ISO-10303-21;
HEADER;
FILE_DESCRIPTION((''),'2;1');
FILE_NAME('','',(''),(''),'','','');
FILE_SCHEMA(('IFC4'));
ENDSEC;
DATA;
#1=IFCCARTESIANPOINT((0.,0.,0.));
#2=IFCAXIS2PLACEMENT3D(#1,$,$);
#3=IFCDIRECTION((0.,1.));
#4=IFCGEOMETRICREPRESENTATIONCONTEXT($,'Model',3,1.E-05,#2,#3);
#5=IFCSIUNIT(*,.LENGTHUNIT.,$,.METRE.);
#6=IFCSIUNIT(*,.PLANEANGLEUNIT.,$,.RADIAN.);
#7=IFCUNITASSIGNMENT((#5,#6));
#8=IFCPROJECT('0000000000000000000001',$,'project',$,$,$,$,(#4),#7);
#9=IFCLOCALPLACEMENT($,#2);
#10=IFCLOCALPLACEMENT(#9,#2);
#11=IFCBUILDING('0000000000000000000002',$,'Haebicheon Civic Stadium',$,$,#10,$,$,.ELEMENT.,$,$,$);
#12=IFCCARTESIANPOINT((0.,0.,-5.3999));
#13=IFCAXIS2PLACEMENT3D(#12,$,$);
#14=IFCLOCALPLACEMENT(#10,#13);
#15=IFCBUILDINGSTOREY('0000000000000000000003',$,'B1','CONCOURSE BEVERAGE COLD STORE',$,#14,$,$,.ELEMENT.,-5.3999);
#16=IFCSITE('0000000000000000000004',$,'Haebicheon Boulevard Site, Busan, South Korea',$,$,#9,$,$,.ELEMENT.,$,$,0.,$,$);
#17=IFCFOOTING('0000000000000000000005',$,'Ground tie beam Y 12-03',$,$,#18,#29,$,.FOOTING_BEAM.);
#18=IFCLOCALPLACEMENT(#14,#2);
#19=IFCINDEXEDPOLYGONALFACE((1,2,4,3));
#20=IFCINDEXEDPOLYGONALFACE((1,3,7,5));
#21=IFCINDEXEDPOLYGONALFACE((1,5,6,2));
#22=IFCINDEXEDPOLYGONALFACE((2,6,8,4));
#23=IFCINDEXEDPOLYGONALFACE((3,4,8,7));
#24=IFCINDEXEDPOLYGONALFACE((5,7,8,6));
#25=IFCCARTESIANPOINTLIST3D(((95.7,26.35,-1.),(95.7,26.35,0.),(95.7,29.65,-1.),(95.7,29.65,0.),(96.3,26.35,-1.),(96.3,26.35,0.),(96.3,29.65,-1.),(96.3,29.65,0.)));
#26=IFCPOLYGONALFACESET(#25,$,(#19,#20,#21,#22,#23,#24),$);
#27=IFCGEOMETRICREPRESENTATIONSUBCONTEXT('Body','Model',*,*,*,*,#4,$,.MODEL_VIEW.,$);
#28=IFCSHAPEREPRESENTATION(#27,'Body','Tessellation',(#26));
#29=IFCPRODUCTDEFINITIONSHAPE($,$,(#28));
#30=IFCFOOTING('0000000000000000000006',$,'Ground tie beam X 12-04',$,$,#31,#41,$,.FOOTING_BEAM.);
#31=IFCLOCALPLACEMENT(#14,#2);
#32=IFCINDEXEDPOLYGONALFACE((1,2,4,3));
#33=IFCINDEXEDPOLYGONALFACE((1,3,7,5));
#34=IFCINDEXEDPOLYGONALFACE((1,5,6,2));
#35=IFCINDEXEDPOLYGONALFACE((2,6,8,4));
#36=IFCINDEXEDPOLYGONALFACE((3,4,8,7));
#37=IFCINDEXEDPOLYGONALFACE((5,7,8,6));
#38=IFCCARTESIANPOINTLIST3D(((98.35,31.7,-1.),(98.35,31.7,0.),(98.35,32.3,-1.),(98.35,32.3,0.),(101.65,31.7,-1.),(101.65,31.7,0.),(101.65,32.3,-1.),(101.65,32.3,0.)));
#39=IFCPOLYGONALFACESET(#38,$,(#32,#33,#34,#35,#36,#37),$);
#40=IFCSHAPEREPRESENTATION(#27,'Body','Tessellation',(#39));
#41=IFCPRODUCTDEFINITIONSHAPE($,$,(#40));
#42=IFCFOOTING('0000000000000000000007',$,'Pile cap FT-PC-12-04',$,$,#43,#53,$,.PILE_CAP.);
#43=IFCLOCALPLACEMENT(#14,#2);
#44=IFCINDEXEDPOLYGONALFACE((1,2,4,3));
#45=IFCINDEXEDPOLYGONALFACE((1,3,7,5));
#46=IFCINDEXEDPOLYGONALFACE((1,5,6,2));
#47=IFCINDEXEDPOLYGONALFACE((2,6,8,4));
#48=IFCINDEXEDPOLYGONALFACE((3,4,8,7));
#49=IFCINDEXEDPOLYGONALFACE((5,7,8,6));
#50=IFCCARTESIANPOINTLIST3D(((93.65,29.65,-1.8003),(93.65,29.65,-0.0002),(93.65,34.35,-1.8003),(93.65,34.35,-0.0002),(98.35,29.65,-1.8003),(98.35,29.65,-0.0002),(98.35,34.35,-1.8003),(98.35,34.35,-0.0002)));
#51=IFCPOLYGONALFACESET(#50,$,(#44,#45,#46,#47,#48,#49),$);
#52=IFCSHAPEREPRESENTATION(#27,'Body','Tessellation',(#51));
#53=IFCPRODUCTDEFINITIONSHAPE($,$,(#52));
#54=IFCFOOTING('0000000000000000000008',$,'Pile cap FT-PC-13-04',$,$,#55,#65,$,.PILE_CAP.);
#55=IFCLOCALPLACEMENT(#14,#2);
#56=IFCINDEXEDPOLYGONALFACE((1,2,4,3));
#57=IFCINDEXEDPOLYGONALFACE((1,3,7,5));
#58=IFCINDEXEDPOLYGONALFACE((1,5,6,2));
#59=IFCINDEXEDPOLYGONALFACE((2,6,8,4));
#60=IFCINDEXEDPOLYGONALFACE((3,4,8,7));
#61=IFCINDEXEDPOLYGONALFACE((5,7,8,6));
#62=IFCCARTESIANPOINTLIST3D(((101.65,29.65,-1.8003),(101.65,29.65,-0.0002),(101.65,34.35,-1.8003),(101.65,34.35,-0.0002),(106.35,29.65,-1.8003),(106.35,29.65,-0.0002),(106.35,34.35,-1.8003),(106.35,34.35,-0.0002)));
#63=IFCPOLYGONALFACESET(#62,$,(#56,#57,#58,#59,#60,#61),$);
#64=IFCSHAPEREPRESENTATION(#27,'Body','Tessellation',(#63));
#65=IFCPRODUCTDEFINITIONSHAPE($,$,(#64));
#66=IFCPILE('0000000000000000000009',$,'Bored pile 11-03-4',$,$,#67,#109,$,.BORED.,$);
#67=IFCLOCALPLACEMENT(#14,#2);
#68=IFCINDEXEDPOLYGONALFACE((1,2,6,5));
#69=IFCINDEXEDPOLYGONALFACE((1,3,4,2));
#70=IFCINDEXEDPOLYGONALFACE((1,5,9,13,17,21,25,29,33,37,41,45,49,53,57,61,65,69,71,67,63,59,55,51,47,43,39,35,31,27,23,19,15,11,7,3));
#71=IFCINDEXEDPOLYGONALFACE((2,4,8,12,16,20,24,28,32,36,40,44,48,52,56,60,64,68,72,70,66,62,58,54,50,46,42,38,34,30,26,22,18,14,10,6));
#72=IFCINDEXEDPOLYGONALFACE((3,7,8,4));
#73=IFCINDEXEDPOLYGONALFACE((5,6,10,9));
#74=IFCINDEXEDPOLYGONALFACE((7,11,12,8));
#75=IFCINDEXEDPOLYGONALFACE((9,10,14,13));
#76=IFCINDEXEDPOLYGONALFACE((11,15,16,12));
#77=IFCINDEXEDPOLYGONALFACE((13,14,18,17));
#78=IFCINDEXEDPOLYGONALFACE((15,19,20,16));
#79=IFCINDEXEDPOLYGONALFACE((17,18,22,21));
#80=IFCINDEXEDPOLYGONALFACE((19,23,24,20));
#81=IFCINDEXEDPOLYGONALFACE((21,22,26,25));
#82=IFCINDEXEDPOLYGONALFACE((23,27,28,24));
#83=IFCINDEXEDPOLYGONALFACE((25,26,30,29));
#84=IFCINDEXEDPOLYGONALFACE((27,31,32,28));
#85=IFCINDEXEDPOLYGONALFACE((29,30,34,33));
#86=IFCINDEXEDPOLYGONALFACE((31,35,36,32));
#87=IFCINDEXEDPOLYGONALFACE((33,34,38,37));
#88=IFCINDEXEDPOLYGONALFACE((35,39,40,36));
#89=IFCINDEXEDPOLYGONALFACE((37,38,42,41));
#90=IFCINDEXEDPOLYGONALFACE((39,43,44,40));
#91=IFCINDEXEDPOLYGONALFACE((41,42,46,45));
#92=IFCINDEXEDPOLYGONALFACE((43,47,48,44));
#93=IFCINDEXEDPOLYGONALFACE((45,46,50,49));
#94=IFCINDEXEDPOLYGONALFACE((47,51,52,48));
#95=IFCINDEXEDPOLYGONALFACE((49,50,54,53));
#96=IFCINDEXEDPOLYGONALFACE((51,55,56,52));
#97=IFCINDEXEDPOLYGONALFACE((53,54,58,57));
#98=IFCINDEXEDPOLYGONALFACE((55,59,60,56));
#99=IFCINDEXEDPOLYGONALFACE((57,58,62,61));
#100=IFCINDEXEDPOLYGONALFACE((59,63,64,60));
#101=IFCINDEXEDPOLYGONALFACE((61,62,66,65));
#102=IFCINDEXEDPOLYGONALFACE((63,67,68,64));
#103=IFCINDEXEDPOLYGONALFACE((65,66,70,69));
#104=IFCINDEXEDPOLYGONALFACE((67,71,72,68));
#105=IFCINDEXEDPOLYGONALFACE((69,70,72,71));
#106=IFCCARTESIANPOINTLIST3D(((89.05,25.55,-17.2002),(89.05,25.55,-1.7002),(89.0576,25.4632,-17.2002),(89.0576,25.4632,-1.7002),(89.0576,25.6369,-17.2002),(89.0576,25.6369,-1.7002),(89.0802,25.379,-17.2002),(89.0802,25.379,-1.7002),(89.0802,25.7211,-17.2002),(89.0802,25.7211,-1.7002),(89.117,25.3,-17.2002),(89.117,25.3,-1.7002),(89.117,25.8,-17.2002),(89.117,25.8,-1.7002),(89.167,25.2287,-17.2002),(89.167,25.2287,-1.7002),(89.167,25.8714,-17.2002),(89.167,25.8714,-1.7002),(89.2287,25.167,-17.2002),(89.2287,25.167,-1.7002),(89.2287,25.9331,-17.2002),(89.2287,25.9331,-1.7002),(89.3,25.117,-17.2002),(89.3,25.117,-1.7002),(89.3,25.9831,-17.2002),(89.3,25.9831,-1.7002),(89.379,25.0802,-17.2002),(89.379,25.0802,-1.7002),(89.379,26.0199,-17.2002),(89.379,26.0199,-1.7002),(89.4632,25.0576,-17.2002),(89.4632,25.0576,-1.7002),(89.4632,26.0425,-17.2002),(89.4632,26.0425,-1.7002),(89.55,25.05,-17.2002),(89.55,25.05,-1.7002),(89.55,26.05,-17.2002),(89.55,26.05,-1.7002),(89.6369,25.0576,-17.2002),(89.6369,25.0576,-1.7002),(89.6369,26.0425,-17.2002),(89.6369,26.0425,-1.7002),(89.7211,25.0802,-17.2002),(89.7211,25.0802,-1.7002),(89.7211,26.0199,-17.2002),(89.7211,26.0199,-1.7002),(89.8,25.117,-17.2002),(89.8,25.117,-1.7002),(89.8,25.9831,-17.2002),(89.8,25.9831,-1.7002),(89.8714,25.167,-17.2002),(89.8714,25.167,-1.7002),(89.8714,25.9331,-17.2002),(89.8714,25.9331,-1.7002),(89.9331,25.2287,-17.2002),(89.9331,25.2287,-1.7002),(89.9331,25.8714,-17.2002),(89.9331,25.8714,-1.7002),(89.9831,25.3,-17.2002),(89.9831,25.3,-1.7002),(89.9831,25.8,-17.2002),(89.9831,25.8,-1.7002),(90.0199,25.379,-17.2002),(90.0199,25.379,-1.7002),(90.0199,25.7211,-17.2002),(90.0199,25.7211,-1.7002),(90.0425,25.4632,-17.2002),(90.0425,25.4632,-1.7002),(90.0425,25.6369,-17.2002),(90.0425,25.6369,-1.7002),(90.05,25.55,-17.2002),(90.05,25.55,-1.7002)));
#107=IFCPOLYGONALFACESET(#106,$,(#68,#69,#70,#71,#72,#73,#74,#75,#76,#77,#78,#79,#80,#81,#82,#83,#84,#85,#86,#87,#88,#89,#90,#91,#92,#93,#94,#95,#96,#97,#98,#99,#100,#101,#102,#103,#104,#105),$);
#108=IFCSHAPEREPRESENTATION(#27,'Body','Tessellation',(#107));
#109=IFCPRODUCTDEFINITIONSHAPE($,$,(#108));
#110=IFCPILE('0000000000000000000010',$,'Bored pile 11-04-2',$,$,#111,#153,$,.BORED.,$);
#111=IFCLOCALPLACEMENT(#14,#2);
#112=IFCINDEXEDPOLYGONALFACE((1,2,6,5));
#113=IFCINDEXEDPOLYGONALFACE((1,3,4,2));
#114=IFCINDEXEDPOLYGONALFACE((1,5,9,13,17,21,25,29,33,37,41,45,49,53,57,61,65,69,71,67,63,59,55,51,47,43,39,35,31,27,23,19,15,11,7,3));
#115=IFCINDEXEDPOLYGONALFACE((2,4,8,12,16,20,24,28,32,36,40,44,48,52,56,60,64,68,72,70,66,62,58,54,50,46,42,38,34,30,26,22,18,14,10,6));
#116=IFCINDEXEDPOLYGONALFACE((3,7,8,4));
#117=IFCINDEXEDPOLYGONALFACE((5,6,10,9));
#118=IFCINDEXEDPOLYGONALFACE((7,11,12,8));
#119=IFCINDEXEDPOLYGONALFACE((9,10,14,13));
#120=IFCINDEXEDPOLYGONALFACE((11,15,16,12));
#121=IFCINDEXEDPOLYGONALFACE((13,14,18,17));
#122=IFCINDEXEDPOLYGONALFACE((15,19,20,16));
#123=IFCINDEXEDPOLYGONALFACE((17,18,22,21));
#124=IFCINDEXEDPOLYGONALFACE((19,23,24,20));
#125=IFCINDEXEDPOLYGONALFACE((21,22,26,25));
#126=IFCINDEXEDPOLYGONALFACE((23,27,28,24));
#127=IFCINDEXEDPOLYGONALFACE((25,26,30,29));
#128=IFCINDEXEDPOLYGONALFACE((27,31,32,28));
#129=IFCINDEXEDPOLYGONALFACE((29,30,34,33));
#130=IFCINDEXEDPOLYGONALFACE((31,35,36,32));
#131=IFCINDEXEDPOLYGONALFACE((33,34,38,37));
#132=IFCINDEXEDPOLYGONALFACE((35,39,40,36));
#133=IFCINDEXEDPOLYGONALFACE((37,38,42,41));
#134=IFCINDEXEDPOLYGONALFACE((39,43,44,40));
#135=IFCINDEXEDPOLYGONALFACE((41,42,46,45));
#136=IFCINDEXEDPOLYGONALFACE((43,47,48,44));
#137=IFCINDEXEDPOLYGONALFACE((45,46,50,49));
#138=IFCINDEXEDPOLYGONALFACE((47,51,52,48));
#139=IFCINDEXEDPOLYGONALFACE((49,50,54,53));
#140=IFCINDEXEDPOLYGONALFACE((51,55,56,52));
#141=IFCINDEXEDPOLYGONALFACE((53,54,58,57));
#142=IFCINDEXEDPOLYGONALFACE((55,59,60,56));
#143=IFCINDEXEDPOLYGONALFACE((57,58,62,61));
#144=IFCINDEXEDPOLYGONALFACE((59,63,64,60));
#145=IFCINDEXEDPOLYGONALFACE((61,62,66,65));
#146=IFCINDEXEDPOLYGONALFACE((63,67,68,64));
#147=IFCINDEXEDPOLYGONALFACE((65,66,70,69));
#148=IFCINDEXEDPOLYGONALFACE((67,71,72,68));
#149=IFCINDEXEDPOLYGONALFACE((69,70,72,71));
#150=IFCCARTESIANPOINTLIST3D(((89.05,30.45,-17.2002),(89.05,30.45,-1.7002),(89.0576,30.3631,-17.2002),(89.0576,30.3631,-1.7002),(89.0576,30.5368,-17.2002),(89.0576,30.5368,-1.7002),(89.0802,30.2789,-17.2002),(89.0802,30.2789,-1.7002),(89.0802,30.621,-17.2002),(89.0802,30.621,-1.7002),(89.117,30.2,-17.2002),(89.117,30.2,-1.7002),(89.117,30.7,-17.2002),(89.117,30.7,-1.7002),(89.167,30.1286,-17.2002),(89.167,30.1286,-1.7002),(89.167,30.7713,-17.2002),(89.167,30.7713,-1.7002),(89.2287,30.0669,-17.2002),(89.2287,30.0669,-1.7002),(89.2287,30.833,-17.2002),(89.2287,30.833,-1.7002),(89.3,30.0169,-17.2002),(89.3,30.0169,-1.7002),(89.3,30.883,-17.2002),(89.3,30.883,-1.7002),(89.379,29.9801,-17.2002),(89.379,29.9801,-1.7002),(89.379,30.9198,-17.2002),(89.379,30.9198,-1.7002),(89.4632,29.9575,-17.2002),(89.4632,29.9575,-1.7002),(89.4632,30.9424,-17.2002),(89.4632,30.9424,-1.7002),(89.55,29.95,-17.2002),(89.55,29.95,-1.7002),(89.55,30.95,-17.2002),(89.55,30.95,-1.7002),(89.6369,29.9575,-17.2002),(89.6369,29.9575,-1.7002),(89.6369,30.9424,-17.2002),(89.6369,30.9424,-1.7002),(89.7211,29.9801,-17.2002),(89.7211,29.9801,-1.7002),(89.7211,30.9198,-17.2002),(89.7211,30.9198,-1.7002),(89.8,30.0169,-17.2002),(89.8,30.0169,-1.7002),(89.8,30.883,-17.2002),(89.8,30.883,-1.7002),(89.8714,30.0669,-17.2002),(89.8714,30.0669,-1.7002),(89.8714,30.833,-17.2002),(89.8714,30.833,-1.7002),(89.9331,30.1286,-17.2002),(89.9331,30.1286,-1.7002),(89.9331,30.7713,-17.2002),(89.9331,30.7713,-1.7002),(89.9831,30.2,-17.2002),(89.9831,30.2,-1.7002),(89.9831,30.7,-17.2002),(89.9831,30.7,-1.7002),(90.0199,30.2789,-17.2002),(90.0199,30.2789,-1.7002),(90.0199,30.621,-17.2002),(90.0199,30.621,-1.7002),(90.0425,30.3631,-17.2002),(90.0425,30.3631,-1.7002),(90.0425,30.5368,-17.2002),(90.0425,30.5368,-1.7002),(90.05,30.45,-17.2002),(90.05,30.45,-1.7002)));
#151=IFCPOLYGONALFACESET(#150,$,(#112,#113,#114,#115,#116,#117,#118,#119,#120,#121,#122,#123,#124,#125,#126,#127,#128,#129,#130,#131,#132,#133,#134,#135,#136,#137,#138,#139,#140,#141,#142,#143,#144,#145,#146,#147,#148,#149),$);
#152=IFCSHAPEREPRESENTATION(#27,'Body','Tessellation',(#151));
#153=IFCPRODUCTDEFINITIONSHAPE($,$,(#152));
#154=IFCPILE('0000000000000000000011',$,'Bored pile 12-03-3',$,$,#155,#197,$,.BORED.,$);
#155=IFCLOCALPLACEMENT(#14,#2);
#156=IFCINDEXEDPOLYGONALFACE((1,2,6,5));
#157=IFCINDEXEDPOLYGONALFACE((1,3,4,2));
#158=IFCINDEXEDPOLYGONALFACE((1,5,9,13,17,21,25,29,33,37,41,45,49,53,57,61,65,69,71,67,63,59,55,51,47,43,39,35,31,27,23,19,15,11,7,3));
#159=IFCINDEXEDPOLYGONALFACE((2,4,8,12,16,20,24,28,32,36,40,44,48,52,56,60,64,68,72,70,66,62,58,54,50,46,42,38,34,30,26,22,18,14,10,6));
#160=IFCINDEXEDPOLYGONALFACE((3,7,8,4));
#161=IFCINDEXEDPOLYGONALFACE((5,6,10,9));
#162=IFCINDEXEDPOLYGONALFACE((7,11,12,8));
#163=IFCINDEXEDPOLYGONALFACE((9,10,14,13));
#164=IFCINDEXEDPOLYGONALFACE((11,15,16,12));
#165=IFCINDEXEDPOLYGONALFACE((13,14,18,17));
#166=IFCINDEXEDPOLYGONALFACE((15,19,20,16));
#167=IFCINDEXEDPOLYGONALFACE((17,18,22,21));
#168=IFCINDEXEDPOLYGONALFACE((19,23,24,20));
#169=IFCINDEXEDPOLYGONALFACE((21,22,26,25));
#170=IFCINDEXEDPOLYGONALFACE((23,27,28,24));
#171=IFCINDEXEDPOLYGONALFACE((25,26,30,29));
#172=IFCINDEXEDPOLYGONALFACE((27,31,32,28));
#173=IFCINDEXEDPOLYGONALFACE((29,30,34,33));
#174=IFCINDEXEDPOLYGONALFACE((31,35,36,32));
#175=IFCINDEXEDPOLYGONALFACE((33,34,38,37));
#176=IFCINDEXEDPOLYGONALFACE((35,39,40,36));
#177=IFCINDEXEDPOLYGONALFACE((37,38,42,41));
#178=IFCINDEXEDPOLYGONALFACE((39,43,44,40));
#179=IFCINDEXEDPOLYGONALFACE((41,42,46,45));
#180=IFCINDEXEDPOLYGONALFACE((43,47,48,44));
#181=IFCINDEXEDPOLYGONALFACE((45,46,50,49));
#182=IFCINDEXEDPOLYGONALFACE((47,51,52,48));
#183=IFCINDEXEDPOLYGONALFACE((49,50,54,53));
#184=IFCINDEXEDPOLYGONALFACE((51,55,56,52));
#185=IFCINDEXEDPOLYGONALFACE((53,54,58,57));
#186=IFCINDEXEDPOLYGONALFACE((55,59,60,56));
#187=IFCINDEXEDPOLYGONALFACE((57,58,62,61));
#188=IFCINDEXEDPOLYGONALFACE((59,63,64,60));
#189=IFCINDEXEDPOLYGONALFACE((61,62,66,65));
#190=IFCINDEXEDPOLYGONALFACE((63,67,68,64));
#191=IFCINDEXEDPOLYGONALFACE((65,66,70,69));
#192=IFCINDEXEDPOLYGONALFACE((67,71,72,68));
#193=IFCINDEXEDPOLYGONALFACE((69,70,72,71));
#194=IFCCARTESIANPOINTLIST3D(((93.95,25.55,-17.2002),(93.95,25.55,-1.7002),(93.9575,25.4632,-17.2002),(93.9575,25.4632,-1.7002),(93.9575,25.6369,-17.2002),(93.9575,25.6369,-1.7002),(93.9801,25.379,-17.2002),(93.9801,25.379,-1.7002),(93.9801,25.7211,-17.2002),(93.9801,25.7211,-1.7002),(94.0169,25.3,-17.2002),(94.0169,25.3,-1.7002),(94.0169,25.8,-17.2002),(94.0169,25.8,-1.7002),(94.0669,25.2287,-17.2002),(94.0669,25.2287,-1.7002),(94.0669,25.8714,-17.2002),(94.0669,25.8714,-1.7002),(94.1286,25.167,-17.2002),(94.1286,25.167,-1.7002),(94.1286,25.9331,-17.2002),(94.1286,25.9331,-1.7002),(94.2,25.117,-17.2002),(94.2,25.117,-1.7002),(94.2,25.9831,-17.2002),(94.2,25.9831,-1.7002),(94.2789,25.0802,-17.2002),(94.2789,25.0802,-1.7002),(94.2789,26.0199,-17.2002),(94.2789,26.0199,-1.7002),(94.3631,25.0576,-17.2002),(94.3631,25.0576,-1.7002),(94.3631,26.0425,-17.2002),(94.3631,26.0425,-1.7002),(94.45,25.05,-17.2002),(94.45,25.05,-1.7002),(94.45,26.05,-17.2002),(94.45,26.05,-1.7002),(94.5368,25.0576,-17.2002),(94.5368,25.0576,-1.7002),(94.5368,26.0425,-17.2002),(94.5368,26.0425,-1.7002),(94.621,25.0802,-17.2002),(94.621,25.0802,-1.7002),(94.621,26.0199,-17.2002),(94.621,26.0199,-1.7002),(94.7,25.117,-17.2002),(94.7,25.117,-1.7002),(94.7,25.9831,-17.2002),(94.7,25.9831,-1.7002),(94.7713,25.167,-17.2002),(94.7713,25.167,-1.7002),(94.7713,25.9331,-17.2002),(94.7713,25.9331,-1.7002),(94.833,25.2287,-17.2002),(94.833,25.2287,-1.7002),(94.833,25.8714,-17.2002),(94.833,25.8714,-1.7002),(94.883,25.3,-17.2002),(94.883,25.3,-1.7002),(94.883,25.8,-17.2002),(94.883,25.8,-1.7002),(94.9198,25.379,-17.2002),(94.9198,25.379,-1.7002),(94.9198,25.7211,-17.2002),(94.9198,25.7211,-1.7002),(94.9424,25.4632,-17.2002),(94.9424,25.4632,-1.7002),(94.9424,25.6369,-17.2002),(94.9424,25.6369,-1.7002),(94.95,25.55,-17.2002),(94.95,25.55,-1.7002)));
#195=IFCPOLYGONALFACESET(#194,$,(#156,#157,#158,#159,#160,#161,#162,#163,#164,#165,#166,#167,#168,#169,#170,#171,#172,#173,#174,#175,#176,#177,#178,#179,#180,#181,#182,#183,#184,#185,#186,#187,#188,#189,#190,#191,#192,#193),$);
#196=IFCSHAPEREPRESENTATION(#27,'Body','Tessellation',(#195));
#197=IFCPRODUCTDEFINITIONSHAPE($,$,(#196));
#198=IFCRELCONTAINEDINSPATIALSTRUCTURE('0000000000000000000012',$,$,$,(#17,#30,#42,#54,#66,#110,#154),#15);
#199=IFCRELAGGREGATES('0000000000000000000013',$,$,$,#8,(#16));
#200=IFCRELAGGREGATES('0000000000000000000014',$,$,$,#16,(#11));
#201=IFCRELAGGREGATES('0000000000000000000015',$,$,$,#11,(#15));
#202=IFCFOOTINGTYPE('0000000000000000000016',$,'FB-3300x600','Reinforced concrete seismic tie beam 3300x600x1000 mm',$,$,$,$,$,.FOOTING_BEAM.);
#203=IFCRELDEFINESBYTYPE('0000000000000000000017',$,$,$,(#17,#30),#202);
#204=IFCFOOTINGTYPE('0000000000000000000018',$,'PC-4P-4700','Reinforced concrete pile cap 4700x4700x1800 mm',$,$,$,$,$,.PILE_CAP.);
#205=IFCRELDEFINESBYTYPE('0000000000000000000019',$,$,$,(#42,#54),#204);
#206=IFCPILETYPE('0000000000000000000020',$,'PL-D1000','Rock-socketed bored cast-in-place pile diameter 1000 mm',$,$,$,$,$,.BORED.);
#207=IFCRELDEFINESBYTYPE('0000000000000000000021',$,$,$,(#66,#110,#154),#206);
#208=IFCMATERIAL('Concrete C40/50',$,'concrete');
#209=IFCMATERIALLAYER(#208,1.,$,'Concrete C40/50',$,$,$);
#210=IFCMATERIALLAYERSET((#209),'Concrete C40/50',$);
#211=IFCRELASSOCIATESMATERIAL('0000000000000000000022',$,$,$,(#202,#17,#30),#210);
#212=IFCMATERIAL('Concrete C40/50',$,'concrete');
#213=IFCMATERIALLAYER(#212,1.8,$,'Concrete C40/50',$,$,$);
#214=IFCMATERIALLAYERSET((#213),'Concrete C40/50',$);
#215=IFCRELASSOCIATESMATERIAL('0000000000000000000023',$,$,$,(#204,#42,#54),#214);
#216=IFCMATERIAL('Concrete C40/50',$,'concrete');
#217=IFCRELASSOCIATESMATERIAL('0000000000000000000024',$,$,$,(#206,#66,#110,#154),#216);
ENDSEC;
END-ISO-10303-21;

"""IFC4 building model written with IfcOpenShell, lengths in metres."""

from ifc_helpers import new_model, si_unit, direction, frame, origin, origin_2d, place, context, subcontext, project, spatial, rectangle, circle, extrude, material, layer, layer_set, material_profile, profile_set, type_object, element, save


model = new_model("IFC4")

# Units and contexts
model_context = context("Model", 3, precision=1e-05, world=origin(), true_north=direction((0.0, 1.0)))
body_context = subcontext(model_context, "Body", "Model", "MODEL_VIEW")
ifc_project = project(units=[si_unit("LENGTHUNIT", "METRE"), si_unit("PLANEANGLEUNIT", "RADIAN")], contexts=[model_context])

# Site, building, storey
site_placement = place(None, origin())
site = spatial("IfcSite", under=ifc_project, at=site_placement, Name="Haebicheon Boulevard Site, Busan, South Korea", CompositionType="ELEMENT", RefElevation=0.0)
building_placement = place(site_placement, origin())
building = spatial("IfcBuilding", under=site, at=building_placement, Name="Haebicheon Civic Stadium", CompositionType="ELEMENT")
storey_placement = place(building_placement, frame((0.0, 0.0, -5.3999)))
storey = spatial("IfcBuildingStorey", under=building, at=storey_placement, Name="B1", Description="CONCOURSE BEVERAGE COLD STORE", CompositionType="ELEMENT", Elevation=-5.3999)

# Footings
ifc_material_1 = material(Name="Concrete C40/50", Category="concrete")
ifc_layer_1 = layer(ifc_material_1, 1.0, Name="Concrete C40/50")
ifc_layer_set_1 = layer_set([ifc_layer_1], Name="Concrete C40/50")
footing_type_1 = type_object("IfcFootingType", Name="FB-3300x600", Description="Reinforced concrete seismic tie beam 3300x600x1000 mm", PredefinedType="FOOTING_BEAM", material=ifc_layer_set_1)
for number, where, z_axis, x_axis, name in (
    (1, (96.0, 28.0, -1.0), (0.0, 0.0, 1.0), (0.0, 1.0, 0.0), "Ground tie beam Y 12-03"),
    (2, (100.0, 32.0, -1.0), (0.0, 0.0, 1.0), (1.0, 0.0, 0.0), "Ground tie beam X 12-04"),
):
    element("IfcFooting", number, at=place(storey_placement, frame(where, z_axis=z_axis, x_axis=x_axis)), inside=storey, type_object=footing_type_1, material=ifc_layer_set_1, Name=name, PredefinedType="FOOTING_BEAM", context=body_context, shape_type="SweptSolid", body=[
        extrude(rectangle(XDim=3.3, YDim=0.6001, at=origin_2d()), origin(), (0.0, 0.0, 1.0), 1.0),
    ])
ifc_material_2 = material(Name="Concrete C40/50", Category="concrete")
ifc_layer_2 = layer(ifc_material_2, 1.8, Name="Concrete C40/50")
ifc_layer_set_2 = layer_set([ifc_layer_2], Name="Concrete C40/50")
footing_type_2 = type_object("IfcFootingType", Name="PC-4P-4700", Description="Reinforced concrete pile cap 4700x4700x1800 mm", PredefinedType="PILE_CAP", material=ifc_layer_set_2)
for number, where, z_axis, x_axis, name in (
    (3, (96.0, 32.0, -1.8003), (0.0, 0.0, 1.0), (1.0, 0.0, 0.0), "Pile cap FT-PC-12-04"),
    (4, (104.0, 32.0, -1.8003), (0.0, 0.0, 1.0), (1.0, 0.0, 0.0), "Pile cap FT-PC-13-04"),
):
    element("IfcFooting", number, at=place(storey_placement, frame(where, z_axis=z_axis, x_axis=x_axis)), inside=storey, type_object=footing_type_2, material=ifc_layer_set_2, Name=name, PredefinedType="PILE_CAP", context=body_context, shape_type="SweptSolid", body=[
        extrude(rectangle(XDim=4.7, YDim=4.7, at=origin_2d()), origin(), (0.0, 0.0, 1.0), 1.8),
    ])

# Piles
ifc_material_3 = material(Name="Concrete C40/50", Category="concrete")
ifc_material_profile_1 = material_profile(ifc_material_3, circle(Radius=0.5, at=origin_2d()), Name="PILE-D1000")
ifc_profile_set_1 = profile_set([ifc_material_profile_1], Name="Concrete C40/50")
pile_type = type_object("IfcPileType", Name="PL-D1000", Description="Rock-socketed bored cast-in-place pile diameter 1000 mm", PredefinedType="BORED", material=ifc_profile_set_1)
for number, where, z_axis, x_axis, name in (
    (5, (89.55, 25.55, -1.7002), (0.0, 0.0, -1.0), (1.0, 0.0, 0.0), "Bored pile 11-03-4"),
    (6, (89.55, 30.45, -1.7002), (0.0, 0.0, -1.0), (1.0, 0.0, 0.0), "Bored pile 11-04-2"),
    (7, (94.45, 25.55, -1.7002), (0.0, 0.0, -1.0), (1.0, 0.0, 0.0), "Bored pile 12-03-3"),
):
    element("IfcPile", number, at=place(storey_placement, frame(where, z_axis=z_axis, x_axis=x_axis)), inside=storey, type_object=pile_type, material=ifc_profile_set_1, Name=name, PredefinedType="BORED", context=body_context, shape_type="SweptSolid", body=[
        extrude(circle(Radius=0.5, at=origin_2d()), origin(), (0.0, 0.0, 1.0), 15.5),
    ])

save(model, "model.ifc")
